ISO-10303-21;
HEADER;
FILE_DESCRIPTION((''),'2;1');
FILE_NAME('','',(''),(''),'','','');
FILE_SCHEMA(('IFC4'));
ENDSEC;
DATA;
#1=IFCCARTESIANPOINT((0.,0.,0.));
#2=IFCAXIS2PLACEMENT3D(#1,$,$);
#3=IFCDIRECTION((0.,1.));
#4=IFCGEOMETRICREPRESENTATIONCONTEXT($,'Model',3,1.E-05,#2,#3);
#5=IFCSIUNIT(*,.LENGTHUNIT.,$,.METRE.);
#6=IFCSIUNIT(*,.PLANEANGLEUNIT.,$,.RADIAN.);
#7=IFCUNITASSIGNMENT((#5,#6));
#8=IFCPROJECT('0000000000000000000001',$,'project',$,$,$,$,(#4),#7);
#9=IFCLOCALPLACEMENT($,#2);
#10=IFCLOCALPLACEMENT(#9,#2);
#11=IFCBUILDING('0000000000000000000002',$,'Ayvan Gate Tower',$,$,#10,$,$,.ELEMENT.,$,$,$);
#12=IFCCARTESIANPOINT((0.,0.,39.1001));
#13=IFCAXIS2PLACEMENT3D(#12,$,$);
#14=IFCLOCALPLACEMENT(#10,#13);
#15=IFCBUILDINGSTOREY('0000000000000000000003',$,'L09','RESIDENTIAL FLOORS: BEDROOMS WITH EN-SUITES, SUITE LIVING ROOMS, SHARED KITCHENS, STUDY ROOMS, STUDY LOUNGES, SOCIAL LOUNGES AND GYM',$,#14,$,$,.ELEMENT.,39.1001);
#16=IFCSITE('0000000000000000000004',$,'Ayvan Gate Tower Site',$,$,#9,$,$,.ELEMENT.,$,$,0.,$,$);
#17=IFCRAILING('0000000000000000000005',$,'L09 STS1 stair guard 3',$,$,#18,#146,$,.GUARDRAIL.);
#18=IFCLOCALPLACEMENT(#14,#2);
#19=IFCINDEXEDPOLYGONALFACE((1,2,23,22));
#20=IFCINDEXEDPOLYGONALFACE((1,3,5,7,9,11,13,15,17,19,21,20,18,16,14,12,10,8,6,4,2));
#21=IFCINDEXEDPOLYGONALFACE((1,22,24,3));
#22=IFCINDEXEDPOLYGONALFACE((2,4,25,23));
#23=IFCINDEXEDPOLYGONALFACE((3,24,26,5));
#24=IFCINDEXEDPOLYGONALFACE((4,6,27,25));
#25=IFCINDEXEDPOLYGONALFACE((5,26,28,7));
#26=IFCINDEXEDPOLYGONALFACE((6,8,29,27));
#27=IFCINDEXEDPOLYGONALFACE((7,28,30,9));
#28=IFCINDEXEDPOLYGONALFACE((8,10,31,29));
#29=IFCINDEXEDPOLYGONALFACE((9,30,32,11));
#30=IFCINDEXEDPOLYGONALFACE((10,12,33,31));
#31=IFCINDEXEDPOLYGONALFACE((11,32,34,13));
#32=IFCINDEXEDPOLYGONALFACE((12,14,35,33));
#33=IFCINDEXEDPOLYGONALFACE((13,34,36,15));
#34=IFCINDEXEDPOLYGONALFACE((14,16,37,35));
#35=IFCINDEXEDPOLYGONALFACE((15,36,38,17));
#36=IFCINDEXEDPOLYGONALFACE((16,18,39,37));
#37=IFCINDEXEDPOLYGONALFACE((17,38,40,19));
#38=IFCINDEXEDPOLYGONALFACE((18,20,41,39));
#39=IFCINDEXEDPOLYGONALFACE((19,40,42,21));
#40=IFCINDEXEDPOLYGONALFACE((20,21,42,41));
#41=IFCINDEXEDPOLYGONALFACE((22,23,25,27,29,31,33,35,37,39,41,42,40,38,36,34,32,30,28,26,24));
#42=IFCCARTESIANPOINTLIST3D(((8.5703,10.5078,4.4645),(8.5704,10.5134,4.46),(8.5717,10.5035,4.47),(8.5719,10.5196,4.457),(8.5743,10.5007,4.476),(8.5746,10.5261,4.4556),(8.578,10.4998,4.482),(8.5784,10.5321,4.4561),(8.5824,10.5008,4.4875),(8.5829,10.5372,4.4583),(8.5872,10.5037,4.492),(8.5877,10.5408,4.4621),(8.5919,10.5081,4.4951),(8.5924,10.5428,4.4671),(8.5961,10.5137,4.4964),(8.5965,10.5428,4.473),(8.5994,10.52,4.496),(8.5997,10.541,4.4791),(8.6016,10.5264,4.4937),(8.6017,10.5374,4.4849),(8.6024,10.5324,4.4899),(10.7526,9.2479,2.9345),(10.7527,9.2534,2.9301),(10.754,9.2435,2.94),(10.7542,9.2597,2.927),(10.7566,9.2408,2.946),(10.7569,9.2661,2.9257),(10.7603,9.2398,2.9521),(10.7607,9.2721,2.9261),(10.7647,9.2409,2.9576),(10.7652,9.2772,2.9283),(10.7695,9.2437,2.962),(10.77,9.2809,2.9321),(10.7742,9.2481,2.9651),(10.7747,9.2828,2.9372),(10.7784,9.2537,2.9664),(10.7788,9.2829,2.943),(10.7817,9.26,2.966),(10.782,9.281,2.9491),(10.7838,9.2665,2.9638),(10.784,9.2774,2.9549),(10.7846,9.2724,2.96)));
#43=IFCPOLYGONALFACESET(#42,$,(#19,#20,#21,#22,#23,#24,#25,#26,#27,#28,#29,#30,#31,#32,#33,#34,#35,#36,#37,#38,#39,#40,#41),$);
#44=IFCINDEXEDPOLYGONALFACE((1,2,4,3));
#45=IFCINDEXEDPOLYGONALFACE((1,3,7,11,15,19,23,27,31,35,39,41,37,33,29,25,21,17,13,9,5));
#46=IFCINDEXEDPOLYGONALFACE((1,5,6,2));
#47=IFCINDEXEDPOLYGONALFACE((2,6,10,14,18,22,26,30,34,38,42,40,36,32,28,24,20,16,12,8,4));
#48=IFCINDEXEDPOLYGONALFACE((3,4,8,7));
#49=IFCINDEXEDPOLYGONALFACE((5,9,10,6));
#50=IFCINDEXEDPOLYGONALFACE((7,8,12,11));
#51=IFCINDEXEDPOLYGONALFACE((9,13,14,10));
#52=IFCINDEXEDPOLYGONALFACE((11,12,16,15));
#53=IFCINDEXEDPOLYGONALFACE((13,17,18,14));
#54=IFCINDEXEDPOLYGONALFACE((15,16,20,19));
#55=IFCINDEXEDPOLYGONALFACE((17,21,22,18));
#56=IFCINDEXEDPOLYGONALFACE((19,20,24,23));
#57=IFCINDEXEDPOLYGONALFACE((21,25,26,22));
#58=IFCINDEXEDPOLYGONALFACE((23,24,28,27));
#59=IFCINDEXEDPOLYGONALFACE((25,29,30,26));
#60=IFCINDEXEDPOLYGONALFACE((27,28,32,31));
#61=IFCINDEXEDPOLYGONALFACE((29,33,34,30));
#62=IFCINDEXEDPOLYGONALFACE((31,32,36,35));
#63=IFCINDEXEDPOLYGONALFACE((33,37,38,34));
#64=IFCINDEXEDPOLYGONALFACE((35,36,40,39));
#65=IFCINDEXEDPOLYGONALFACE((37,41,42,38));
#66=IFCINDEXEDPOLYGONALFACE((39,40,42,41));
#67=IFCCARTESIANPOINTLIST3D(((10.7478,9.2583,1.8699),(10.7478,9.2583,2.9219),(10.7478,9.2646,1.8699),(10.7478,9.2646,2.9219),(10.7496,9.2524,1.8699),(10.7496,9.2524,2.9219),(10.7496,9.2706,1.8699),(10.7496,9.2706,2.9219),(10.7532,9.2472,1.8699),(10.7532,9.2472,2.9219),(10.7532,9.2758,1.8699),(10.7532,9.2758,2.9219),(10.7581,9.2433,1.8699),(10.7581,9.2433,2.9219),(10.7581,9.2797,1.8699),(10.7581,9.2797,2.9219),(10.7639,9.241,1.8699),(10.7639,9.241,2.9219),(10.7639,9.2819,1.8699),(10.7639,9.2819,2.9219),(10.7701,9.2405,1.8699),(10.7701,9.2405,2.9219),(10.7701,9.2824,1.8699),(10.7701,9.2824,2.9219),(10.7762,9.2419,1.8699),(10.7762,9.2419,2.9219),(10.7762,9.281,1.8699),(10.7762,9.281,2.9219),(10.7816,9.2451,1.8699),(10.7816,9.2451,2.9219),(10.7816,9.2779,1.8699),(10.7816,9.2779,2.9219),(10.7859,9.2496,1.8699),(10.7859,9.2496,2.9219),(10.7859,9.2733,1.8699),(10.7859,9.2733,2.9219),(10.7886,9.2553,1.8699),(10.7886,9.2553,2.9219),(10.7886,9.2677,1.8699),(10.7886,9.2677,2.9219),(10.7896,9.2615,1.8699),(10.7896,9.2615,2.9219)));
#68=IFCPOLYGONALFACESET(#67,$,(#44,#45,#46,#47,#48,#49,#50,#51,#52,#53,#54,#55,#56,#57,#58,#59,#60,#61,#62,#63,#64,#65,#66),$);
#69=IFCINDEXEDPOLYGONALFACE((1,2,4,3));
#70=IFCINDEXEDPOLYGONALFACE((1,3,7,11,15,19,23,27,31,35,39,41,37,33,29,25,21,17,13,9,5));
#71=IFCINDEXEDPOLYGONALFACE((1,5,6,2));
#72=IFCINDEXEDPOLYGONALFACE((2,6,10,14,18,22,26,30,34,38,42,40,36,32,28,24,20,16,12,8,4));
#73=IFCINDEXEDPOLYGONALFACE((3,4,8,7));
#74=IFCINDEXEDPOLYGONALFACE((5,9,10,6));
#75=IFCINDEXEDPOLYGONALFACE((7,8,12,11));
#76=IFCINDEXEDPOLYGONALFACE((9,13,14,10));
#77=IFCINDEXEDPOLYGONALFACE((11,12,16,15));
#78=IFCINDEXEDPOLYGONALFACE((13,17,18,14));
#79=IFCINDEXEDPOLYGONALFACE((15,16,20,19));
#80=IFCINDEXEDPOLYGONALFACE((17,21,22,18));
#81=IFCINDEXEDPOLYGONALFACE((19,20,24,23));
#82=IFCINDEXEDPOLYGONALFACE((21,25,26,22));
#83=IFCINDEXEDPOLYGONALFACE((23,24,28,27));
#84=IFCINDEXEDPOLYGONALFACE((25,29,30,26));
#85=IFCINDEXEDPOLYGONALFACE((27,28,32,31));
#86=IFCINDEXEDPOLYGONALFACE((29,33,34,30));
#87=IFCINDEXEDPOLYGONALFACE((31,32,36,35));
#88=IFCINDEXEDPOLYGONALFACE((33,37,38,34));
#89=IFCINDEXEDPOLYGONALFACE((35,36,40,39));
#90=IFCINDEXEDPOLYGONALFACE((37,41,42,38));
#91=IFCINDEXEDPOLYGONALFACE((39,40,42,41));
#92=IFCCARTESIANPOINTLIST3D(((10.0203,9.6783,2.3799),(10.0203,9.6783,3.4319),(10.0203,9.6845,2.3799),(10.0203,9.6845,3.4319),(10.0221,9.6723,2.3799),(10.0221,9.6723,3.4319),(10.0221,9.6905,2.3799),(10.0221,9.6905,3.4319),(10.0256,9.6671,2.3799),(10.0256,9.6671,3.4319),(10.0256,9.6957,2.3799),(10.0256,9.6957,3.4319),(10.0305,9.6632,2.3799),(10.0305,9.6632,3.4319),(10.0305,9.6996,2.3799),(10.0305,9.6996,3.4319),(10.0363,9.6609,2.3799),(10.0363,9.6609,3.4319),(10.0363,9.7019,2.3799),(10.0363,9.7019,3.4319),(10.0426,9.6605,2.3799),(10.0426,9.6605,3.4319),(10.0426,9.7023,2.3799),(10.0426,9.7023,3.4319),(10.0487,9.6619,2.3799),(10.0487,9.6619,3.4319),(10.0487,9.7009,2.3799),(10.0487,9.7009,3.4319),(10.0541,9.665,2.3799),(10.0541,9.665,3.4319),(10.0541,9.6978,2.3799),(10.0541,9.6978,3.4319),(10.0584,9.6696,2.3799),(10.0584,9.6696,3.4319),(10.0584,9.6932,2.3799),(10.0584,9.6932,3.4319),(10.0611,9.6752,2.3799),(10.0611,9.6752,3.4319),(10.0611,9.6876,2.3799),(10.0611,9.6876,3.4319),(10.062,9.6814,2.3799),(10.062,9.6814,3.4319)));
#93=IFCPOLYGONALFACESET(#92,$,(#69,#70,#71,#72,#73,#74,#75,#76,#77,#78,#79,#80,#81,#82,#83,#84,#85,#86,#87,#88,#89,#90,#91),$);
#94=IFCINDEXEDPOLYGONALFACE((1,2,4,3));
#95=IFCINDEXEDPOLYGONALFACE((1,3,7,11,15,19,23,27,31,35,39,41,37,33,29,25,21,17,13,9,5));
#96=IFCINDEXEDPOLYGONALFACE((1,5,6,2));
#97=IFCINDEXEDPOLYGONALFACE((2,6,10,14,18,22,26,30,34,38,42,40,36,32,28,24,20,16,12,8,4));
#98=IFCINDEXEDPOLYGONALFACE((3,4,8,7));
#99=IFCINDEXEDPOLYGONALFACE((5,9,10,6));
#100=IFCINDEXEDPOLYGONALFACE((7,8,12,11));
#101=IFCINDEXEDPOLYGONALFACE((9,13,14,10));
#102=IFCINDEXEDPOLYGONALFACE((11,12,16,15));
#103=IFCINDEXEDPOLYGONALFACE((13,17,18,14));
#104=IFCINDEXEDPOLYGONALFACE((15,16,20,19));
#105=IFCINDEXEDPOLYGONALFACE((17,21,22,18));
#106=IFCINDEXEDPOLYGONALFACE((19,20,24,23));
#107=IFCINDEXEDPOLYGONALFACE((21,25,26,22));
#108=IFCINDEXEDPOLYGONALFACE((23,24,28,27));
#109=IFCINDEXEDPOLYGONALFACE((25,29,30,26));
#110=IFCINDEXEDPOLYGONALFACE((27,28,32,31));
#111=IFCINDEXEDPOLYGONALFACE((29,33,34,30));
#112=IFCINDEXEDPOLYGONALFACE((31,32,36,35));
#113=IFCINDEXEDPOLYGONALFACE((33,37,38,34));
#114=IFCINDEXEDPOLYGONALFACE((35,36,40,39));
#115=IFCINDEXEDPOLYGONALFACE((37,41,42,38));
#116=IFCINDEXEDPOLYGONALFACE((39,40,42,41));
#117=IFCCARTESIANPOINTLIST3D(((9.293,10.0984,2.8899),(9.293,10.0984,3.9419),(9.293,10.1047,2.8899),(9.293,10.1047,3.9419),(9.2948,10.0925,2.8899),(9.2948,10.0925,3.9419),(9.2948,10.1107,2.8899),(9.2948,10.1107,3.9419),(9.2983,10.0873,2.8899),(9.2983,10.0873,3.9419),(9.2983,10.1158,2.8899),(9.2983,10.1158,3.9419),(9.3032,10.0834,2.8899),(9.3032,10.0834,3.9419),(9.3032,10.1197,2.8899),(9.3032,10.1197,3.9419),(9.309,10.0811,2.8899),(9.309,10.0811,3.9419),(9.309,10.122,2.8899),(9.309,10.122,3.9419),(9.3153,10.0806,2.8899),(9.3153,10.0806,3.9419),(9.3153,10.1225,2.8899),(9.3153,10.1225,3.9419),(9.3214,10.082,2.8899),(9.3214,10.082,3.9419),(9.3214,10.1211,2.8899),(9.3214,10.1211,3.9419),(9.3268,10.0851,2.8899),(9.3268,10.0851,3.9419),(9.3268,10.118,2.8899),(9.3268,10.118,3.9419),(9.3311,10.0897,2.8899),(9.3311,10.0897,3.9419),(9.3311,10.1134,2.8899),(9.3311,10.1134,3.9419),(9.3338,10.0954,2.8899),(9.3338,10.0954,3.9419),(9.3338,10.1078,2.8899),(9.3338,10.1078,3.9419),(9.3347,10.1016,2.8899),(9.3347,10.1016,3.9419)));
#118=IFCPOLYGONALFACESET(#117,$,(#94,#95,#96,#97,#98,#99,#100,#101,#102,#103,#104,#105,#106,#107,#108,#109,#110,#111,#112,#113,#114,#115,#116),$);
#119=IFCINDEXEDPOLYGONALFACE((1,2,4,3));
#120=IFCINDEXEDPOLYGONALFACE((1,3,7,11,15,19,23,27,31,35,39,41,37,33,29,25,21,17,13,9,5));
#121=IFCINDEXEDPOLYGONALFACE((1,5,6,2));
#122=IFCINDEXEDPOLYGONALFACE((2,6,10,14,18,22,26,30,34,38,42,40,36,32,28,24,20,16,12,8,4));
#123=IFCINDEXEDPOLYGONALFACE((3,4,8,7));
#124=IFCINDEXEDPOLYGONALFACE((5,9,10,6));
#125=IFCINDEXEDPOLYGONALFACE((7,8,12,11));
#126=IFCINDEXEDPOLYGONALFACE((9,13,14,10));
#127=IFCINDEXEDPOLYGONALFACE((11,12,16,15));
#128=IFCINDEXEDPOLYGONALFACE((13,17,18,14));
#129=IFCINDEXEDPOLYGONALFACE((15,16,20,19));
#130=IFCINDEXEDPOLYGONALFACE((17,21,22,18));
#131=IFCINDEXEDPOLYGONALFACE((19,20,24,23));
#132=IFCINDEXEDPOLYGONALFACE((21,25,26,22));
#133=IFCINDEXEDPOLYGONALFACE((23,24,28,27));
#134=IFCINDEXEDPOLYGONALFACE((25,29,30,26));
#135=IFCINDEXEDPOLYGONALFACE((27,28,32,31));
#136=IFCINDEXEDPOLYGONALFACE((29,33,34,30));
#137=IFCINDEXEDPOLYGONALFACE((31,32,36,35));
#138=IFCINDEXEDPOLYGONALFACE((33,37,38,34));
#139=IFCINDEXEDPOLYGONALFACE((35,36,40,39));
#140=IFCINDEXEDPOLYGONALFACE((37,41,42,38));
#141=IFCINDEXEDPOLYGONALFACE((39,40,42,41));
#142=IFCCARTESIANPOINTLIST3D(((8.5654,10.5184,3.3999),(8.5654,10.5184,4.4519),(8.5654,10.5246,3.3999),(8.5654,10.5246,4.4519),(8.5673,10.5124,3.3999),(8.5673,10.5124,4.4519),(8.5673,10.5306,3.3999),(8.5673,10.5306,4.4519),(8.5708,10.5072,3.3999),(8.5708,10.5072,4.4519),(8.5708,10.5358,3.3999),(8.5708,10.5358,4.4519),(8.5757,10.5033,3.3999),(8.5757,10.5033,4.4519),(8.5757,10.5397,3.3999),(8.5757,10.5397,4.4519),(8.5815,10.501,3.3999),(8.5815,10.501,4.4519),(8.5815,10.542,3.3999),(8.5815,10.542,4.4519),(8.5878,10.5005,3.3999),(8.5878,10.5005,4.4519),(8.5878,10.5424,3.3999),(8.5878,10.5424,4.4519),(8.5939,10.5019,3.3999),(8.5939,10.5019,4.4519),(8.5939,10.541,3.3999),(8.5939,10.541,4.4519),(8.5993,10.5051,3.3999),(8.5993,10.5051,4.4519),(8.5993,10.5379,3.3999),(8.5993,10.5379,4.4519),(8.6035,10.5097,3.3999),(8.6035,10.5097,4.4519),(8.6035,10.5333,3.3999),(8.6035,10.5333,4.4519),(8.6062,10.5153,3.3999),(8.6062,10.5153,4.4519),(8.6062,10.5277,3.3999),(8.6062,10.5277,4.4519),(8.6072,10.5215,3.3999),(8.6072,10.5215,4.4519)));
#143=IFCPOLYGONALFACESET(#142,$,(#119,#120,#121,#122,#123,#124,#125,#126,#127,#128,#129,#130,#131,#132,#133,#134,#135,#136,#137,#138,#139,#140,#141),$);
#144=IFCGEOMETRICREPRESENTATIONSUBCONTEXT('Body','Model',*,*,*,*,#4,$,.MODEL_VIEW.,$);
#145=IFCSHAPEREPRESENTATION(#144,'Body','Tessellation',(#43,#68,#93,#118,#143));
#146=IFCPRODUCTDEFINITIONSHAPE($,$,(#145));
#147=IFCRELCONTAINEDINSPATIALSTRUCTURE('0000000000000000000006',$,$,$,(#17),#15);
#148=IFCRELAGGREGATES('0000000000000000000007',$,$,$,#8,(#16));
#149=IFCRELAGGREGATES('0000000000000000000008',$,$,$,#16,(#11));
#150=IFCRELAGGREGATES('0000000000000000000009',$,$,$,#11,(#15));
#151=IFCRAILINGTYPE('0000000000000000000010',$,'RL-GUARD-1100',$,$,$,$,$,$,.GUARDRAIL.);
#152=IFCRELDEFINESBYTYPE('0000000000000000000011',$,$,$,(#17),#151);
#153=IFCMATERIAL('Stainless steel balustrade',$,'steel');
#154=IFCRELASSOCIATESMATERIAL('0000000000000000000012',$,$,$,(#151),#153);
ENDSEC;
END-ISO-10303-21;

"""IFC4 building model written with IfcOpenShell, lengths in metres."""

from ifc_helpers import new_model, si_unit, direction, frame, origin, origin_2d, place, context, subcontext, project, spatial, circle, extrude, material, type_object, element, save


model = new_model("IFC4")

# Units and contexts
model_context = context("Model", 3, precision=1e-05, world=origin(), true_north=direction((0.0, 1.0)))
body_context = subcontext(model_context, "Body", "Model", "MODEL_VIEW")
ifc_project = project(units=[si_unit("LENGTHUNIT", "METRE"), si_unit("PLANEANGLEUNIT", "RADIAN")], contexts=[model_context])

# Site, building, storey
site_placement = place(None, origin())
site = spatial("IfcSite", under=ifc_project, at=site_placement, Name="Ayvan Gate Tower Site", CompositionType="ELEMENT", RefElevation=0.0)
building_placement = place(site_placement, origin())
building = spatial("IfcBuilding", under=site, at=building_placement, Name="Ayvan Gate Tower", CompositionType="ELEMENT")
storey_placement = place(building_placement, frame((0.0, 0.0, 39.1001)))
storey = spatial("IfcBuildingStorey", under=building, at=storey_placement, Name="L09", Description="RESIDENTIAL FLOORS: BEDROOMS WITH EN-SUITES, SUITE LIVING ROOMS, SHARED KITCHENS, STUDY ROOMS, STUDY LOUNGES, SOCIAL LOUNGES AND GYM", CompositionType="ELEMENT", Elevation=39.1001)

# Railing
ifc_material_1 = material(Name="Stainless steel balustrade", Category="steel")
railing_type_1 = type_object("IfcRailingType", Name="RL-GUARD-1100", PredefinedType="GUARDRAIL", material=ifc_material_1)
railing_1_placement = place(storey_placement, frame((10.7686, 9.2615, 1.8699)))
element("IfcRailing", 1, at=railing_1_placement, inside=storey, type_object=railing_type_1, Name="L09 STS1 stair guard 3", PredefinedType="GUARDRAIL", context=body_context, shape_type="SweptSolid", body=[
    extrude(circle(Radius=0.0239, at=origin_2d()), frame((0.0, 0.0, 1.0762), z_axis=(-0.740261, 0.427395, 0.518986), x_axis=(-0.500005, -0.866023, 0.0)), (0.0, 0.0, 1.0), 2.948),
    extrude(circle(Radius=0.021, at=origin_2d()), origin(), (0.0, 0.0, 1.0), 1.052),
    extrude(circle(Radius=0.021, at=origin_2d()), frame((-0.7275, 0.4199, 0.51)), (0.0, 0.0, 1.0), 1.052),
    extrude(circle(Radius=0.021, at=origin_2d()), frame((-1.4548, 0.8401, 1.02)), (0.0, 0.0, 1.0), 1.052),
    extrude(circle(Radius=0.021, at=origin_2d()), frame((-2.1824, 1.26, 1.53)), (0.0, 0.0, 1.0), 1.052),
])

save(model, "model.ifc")
